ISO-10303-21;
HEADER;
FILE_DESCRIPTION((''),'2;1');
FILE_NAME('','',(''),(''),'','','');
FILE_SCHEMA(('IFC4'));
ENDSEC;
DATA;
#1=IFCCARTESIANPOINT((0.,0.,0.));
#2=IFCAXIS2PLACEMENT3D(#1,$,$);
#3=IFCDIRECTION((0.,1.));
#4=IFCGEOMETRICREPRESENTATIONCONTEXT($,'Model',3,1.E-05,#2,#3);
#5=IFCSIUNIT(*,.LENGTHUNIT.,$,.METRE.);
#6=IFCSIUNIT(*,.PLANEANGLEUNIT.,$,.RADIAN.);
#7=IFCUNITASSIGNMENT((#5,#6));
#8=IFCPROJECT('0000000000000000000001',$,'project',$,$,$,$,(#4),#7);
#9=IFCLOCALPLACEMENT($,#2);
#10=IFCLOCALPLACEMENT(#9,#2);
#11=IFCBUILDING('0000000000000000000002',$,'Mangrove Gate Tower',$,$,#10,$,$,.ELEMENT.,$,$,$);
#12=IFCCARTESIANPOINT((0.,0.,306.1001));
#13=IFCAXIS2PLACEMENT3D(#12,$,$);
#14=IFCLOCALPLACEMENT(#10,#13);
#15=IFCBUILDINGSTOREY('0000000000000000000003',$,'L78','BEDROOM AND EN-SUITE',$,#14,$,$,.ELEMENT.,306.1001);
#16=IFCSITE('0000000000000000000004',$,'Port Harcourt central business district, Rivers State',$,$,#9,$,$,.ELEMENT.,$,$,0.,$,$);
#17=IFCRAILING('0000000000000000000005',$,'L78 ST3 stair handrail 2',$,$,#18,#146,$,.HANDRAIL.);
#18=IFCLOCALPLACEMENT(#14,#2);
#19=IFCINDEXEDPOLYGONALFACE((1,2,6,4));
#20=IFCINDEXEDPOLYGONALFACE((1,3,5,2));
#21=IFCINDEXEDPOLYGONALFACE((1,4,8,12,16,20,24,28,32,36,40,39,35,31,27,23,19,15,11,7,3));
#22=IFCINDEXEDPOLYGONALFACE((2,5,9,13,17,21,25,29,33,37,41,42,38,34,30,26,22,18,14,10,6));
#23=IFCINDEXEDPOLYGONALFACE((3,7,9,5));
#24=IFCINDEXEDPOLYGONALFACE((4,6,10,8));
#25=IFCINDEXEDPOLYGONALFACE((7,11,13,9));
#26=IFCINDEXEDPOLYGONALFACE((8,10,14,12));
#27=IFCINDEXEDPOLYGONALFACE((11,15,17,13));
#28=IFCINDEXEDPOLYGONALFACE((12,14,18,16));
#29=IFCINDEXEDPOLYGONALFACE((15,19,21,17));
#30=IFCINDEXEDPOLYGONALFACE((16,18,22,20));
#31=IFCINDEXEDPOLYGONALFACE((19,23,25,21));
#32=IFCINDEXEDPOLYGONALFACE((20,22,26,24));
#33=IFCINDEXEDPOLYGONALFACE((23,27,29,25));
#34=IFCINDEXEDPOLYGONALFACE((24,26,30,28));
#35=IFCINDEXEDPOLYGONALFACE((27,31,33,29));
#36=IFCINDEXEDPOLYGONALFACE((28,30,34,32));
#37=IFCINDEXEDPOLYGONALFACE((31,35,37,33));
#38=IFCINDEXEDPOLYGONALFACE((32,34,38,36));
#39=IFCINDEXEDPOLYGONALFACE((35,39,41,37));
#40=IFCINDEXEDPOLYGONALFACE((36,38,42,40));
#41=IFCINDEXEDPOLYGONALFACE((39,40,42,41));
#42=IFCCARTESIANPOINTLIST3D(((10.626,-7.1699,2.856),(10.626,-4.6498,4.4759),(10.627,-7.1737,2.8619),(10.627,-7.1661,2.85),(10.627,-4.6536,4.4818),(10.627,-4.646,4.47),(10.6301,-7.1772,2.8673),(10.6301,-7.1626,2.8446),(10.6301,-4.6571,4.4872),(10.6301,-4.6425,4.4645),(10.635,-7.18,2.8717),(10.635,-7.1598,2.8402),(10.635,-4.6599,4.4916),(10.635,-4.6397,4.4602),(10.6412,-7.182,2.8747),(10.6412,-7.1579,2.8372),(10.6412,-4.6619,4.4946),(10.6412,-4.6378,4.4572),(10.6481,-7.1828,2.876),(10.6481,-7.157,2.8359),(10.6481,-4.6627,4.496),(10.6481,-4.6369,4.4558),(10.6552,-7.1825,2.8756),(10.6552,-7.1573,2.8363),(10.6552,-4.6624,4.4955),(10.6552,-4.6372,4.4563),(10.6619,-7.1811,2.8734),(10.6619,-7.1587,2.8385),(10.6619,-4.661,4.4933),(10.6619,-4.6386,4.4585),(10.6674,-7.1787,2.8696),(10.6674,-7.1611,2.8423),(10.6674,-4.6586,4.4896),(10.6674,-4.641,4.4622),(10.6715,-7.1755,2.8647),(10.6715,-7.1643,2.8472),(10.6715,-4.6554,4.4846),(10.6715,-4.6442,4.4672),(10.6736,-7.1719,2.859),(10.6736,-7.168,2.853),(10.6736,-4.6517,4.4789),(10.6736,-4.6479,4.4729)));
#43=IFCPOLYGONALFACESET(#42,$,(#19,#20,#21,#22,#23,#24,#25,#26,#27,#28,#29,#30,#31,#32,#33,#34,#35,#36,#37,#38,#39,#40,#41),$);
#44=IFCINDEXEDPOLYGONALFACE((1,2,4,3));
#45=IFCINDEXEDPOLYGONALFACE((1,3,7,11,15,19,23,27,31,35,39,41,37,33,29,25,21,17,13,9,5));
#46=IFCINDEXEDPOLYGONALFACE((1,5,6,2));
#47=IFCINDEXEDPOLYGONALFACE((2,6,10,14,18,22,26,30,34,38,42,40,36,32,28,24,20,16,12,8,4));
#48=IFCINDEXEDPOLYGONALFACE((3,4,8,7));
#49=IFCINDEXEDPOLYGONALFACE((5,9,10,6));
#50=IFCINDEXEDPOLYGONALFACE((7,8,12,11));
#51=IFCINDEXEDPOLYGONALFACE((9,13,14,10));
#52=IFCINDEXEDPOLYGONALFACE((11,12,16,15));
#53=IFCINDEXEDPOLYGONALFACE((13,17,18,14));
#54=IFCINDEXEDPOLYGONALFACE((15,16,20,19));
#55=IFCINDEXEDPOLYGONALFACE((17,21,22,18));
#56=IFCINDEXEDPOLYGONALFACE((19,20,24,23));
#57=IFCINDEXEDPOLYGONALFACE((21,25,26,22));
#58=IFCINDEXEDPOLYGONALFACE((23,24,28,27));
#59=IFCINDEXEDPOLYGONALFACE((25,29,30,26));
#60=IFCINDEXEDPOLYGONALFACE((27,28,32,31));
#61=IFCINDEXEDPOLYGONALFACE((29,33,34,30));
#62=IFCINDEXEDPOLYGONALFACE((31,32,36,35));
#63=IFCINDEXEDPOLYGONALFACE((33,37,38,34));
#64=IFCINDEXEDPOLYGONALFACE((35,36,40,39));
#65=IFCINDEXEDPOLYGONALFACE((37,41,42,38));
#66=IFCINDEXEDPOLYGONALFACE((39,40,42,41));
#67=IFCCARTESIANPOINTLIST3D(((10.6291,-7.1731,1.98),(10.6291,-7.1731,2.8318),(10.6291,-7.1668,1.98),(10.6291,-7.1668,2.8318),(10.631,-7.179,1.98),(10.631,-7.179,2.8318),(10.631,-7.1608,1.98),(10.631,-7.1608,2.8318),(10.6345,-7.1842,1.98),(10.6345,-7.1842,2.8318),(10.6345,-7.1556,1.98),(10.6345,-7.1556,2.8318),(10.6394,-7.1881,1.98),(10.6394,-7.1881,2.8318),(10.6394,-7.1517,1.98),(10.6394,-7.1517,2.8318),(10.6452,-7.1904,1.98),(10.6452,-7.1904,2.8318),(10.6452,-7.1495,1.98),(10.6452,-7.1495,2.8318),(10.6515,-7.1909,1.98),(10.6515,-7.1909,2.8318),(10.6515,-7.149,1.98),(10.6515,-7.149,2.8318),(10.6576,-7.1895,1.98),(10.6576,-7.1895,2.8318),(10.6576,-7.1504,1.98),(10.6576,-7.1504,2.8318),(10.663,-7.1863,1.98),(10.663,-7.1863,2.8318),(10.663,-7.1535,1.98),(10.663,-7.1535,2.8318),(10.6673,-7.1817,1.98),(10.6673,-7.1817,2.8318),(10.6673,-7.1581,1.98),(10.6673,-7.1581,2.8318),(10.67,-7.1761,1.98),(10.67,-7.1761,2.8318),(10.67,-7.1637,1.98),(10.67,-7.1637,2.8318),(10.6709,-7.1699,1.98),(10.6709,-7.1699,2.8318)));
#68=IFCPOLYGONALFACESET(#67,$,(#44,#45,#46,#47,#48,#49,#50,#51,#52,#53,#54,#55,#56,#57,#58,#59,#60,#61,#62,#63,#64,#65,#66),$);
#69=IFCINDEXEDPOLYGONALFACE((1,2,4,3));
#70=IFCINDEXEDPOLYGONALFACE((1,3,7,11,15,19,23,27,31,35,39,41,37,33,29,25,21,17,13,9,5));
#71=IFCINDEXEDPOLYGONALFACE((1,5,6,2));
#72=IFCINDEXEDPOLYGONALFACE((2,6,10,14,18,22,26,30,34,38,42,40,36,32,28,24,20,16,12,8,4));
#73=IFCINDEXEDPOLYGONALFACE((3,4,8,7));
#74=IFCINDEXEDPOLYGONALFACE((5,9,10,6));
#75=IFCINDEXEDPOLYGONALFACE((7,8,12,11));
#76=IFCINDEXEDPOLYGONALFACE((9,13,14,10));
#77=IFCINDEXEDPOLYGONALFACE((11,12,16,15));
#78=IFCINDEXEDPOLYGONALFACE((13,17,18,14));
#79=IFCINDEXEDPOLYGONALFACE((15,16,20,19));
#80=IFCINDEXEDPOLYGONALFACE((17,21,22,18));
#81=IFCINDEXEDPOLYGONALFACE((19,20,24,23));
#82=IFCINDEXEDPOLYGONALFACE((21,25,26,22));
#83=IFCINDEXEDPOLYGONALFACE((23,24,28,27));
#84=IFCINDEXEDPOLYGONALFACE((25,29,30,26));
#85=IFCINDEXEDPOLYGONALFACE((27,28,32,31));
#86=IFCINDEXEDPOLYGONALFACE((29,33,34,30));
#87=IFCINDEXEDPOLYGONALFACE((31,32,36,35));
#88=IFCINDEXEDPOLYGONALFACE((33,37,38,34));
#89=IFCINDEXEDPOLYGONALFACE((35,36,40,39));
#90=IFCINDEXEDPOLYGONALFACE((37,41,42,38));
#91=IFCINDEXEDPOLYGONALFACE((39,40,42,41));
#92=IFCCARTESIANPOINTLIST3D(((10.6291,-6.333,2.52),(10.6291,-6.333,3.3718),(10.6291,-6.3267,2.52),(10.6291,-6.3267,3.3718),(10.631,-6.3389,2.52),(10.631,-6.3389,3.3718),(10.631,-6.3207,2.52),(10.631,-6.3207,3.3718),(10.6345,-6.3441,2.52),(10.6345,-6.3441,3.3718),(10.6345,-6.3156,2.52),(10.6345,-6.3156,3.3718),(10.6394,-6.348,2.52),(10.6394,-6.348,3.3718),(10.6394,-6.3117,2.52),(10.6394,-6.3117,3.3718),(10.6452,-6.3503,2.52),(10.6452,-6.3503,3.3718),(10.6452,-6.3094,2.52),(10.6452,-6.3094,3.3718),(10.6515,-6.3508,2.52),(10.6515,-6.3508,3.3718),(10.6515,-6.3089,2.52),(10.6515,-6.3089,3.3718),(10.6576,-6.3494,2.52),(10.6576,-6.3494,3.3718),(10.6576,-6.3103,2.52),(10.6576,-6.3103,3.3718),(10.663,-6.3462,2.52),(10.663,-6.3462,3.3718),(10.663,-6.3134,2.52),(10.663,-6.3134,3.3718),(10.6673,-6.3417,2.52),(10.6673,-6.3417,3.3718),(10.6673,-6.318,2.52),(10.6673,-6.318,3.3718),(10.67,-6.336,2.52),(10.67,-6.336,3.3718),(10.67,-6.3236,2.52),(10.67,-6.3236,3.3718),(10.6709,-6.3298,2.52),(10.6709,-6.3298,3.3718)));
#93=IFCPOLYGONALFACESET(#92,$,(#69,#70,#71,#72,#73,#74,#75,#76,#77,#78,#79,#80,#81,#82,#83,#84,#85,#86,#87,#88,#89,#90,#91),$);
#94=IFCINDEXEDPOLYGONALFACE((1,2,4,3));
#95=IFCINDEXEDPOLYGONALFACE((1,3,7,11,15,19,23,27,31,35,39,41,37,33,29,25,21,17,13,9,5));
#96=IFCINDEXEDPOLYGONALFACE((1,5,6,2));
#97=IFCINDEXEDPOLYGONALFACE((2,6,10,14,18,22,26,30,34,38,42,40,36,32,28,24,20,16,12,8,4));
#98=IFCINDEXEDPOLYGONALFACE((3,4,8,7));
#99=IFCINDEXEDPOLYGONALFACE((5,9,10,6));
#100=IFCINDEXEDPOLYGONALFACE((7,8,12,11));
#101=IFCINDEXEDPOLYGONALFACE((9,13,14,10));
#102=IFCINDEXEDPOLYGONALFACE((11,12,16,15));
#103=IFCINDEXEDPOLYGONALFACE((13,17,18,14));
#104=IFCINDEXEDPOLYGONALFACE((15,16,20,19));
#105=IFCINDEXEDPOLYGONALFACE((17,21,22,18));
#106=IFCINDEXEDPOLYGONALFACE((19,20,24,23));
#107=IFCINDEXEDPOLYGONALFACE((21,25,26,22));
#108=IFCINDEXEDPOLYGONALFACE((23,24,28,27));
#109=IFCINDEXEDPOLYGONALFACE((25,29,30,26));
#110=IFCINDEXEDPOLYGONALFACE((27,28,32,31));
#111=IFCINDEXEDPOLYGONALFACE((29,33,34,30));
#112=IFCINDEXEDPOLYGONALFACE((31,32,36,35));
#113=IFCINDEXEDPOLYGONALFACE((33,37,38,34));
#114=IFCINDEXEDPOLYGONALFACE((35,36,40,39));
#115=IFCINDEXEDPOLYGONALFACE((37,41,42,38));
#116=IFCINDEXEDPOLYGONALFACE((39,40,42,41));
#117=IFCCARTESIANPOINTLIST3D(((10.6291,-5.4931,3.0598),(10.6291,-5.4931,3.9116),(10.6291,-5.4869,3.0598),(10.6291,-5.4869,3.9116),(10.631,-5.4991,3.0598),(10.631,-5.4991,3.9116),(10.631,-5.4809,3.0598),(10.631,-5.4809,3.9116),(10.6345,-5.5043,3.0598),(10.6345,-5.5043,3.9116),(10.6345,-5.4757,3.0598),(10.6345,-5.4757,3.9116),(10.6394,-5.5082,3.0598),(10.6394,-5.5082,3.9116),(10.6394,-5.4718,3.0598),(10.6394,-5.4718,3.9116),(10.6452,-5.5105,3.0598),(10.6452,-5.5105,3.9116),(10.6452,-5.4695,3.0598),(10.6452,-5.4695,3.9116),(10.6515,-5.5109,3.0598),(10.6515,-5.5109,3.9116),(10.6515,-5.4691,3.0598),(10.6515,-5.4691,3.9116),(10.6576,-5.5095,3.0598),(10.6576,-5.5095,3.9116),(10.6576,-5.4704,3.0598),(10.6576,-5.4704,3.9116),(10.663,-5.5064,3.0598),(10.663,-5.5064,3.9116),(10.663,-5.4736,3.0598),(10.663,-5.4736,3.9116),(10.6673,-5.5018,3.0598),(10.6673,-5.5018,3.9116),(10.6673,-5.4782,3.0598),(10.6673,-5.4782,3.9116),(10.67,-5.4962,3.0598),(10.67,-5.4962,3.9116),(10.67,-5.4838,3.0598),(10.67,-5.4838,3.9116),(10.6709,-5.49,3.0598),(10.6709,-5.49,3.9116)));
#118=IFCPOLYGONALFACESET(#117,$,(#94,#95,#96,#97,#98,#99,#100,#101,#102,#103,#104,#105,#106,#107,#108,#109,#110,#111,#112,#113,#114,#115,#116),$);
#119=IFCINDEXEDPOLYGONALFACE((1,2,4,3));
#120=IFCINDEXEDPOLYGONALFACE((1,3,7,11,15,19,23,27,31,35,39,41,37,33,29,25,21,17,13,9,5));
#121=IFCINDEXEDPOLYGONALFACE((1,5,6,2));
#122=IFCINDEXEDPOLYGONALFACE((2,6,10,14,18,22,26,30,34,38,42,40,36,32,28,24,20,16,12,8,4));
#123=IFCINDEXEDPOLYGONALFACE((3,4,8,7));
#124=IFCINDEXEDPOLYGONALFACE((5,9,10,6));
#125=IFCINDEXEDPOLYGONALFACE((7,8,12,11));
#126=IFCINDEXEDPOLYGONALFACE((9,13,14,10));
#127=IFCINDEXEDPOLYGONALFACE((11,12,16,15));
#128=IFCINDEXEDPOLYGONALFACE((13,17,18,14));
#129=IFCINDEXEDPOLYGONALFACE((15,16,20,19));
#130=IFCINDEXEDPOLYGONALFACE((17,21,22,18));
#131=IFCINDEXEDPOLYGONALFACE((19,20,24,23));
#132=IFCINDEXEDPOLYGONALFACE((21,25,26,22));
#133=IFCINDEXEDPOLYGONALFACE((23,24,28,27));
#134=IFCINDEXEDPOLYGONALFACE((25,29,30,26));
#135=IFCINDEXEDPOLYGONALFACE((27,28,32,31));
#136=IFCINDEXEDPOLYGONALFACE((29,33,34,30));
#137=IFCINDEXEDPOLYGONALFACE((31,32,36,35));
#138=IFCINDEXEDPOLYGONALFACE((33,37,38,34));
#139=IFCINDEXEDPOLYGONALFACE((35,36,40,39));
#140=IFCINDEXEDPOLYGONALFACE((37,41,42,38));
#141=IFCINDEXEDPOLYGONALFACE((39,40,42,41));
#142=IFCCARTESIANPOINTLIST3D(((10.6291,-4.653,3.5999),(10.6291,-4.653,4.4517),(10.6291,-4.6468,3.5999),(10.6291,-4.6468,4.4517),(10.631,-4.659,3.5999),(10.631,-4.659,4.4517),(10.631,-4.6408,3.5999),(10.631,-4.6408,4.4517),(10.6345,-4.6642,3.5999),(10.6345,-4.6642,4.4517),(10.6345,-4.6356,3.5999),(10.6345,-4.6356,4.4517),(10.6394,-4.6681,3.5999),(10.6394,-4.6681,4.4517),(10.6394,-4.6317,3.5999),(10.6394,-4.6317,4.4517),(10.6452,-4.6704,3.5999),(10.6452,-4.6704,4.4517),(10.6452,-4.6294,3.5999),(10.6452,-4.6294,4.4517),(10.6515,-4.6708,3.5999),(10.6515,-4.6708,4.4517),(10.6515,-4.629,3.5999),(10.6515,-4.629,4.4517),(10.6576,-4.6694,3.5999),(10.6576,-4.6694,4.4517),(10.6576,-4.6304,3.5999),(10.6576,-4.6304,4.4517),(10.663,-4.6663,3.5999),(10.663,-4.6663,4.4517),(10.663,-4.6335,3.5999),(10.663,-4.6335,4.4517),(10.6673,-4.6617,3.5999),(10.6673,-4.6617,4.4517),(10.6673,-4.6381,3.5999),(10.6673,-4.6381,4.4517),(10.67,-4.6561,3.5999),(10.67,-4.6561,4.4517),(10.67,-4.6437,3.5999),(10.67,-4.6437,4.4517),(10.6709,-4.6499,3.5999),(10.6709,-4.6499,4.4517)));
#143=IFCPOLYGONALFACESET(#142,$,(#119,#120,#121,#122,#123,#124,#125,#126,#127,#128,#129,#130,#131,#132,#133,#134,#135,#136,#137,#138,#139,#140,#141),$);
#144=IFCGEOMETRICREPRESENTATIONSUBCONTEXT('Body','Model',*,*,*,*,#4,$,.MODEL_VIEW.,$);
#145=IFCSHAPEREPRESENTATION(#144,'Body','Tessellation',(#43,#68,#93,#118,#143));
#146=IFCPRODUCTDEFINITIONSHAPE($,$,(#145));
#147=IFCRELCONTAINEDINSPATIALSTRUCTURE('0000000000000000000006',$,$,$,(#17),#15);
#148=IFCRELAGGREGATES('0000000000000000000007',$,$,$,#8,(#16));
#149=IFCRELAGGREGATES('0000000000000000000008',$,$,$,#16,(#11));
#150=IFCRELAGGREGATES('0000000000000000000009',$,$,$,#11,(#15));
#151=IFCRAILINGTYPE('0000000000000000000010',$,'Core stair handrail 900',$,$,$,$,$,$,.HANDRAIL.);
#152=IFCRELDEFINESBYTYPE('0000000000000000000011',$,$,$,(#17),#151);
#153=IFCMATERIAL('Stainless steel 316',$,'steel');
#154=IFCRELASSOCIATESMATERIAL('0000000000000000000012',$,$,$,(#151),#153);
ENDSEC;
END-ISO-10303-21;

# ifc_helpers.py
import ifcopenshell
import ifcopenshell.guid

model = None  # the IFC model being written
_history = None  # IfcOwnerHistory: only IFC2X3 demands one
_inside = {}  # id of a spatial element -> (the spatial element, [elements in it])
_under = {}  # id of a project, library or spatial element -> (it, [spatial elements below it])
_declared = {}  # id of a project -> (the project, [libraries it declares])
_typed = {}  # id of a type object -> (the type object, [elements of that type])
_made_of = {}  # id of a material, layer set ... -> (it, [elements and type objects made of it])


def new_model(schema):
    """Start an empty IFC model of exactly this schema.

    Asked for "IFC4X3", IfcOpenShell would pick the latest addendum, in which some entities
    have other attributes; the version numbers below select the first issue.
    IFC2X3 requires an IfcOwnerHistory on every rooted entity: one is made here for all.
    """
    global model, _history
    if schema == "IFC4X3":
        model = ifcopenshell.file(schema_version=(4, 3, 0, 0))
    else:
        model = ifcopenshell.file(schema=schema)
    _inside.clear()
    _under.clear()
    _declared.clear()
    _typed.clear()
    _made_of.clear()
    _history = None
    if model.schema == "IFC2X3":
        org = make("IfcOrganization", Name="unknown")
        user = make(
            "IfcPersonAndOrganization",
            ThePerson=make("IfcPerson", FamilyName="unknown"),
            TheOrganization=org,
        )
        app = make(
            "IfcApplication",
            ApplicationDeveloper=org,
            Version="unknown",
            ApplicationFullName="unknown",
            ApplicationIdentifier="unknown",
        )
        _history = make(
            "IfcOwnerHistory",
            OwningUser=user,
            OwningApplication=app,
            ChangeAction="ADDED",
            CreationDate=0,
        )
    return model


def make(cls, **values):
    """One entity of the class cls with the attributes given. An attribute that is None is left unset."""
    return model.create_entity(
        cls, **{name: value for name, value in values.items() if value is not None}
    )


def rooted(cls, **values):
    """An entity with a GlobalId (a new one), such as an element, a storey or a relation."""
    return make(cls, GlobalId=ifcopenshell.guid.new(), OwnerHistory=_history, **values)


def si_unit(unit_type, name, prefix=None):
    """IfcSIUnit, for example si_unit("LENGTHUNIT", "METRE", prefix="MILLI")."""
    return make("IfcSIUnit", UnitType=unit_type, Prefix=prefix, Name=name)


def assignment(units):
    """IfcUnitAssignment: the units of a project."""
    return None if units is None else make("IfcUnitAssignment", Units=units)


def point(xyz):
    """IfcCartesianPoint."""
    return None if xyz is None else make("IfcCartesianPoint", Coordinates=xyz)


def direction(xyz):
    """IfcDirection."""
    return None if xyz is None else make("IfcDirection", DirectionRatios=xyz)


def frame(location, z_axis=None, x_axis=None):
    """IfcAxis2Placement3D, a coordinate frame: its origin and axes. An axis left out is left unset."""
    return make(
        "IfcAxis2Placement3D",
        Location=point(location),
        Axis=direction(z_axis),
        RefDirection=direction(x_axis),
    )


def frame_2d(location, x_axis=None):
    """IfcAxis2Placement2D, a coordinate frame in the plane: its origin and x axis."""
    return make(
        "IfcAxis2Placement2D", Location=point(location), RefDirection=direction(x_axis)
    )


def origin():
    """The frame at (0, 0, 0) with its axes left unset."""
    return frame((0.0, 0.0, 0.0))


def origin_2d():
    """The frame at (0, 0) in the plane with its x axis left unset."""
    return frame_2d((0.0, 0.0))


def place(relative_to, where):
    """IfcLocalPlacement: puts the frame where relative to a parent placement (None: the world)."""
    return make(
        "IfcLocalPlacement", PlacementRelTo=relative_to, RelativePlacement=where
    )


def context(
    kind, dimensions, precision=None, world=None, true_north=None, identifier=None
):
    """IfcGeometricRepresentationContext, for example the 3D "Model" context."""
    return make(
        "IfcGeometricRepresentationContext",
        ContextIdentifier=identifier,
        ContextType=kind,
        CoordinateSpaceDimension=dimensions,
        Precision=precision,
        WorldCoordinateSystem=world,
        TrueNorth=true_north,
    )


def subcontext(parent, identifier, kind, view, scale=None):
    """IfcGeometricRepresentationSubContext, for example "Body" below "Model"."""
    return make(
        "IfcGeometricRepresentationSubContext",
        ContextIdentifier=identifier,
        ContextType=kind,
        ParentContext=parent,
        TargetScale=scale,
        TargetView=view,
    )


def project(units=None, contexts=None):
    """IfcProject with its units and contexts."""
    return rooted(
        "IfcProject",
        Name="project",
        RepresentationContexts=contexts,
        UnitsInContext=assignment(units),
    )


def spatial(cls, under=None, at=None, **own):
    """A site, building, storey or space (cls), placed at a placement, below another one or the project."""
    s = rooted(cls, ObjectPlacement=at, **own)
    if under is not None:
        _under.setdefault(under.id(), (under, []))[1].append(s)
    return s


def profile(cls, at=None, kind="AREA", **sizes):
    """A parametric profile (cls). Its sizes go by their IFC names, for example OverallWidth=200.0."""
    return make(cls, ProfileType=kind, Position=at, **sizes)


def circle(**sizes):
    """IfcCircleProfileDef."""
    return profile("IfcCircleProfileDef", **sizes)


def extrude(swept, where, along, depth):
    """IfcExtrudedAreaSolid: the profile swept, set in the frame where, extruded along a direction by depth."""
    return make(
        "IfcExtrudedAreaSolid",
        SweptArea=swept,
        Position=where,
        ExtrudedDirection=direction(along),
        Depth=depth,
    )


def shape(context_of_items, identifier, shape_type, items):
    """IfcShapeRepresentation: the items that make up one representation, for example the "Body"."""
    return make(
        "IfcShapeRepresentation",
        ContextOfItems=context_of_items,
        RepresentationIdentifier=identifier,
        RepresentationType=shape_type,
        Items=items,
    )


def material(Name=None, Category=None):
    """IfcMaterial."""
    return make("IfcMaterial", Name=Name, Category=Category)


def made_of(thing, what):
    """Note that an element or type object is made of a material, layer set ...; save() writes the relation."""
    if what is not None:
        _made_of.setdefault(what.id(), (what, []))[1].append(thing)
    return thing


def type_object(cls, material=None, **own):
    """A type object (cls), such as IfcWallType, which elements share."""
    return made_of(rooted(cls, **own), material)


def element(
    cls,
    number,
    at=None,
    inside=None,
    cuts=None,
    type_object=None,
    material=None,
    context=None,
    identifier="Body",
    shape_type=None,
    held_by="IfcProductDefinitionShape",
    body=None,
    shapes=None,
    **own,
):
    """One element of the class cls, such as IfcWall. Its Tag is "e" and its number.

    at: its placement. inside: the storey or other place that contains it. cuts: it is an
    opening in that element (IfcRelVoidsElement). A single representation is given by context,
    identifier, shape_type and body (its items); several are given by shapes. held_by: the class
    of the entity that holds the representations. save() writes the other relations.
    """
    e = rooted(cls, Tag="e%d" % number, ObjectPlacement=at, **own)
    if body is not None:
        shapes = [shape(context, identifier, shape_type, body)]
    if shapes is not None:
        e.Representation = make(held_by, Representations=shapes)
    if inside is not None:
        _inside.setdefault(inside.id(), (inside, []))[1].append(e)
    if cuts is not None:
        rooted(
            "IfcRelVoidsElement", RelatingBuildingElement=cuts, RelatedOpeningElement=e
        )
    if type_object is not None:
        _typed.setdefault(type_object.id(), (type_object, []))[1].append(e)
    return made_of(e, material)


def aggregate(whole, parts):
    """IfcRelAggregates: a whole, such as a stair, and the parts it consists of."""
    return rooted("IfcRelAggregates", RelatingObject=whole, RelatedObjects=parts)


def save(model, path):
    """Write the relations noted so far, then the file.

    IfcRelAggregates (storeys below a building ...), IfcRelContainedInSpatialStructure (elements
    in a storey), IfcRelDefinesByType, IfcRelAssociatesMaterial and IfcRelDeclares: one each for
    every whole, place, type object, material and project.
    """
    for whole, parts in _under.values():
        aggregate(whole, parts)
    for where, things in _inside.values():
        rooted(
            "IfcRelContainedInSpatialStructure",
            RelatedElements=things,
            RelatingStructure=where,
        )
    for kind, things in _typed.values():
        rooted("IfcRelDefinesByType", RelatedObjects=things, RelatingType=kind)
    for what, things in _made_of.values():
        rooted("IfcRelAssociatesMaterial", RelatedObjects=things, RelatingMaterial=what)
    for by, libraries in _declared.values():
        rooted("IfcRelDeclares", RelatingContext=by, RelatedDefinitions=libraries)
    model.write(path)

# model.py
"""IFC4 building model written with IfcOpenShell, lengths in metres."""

from ifc_helpers import new_model, si_unit, direction, frame, origin, origin_2d, place, context, subcontext, project, spatial, circle, extrude, material, type_object, element, save


model = new_model("IFC4")

# Units and contexts
model_context = context("Model", 3, precision=1e-05, world=origin(), true_north=direction((0.0, 1.0)))
body_context = subcontext(model_context, "Body", "Model", "MODEL_VIEW")
ifc_project = project(units=[si_unit("LENGTHUNIT", "METRE"), si_unit("PLANEANGLEUNIT", "RADIAN")], contexts=[model_context])

# Site, building, storey
site_placement = place(None, origin())
site = spatial("IfcSite", under=ifc_project, at=site_placement, Name="Port Harcourt central business district, Rivers State", CompositionType="ELEMENT", RefElevation=0.0)
building_placement = place(site_placement, origin())
building = spatial("IfcBuilding", under=site, at=building_placement, Name="Mangrove Gate Tower", CompositionType="ELEMENT")
storey_placement = place(building_placement, frame((0.0, 0.0, 306.1001)))
storey = spatial("IfcBuildingStorey", under=building, at=storey_placement, Name="L78", Description="BEDROOM AND EN-SUITE", CompositionType="ELEMENT", Elevation=306.1001)

# Railing
ifc_material_1 = material(Name="Stainless steel 316", Category="steel")
railing_type_1 = type_object("IfcRailingType", Name="Core stair handrail 900", PredefinedType="HANDRAIL", material=ifc_material_1)
railing_1_placement = place(storey_placement, frame((10.6499, -7.1699, 1.98)))
element("IfcRailing", 1, at=railing_1_placement, inside=storey, type_object=railing_type_1, Name="L78 ST3 stair handrail 2", PredefinedType="HANDRAIL", context=body_context, shape_type="SweptSolid", body=[
    extrude(circle(Radius=0.0239, at=origin_2d()), frame((0.0, 0.0, 0.876), z_axis=(0.0, 0.8412, 0.540725), x_axis=(-1.0, 0.0, 0.0)), (0.0, 0.0, 1.0), 2.9958),
    extrude(circle(Radius=0.021, at=origin_2d()), origin(), (0.0, 0.0, 1.0), 0.8518),
    extrude(circle(Radius=0.021, at=origin_2d()), frame((0.0, 0.8401, 0.54)), (0.0, 0.0, 1.0), 0.8518),
    extrude(circle(Radius=0.021, at=origin_2d()), frame((0.0, 1.6799, 1.0798)), (0.0, 0.0, 1.0), 0.8518),
    extrude(circle(Radius=0.021, at=origin_2d()), frame((0.0, 2.52, 1.6199)), (0.0, 0.0, 1.0), 0.8518),
])

save(model, "model.ifc")
